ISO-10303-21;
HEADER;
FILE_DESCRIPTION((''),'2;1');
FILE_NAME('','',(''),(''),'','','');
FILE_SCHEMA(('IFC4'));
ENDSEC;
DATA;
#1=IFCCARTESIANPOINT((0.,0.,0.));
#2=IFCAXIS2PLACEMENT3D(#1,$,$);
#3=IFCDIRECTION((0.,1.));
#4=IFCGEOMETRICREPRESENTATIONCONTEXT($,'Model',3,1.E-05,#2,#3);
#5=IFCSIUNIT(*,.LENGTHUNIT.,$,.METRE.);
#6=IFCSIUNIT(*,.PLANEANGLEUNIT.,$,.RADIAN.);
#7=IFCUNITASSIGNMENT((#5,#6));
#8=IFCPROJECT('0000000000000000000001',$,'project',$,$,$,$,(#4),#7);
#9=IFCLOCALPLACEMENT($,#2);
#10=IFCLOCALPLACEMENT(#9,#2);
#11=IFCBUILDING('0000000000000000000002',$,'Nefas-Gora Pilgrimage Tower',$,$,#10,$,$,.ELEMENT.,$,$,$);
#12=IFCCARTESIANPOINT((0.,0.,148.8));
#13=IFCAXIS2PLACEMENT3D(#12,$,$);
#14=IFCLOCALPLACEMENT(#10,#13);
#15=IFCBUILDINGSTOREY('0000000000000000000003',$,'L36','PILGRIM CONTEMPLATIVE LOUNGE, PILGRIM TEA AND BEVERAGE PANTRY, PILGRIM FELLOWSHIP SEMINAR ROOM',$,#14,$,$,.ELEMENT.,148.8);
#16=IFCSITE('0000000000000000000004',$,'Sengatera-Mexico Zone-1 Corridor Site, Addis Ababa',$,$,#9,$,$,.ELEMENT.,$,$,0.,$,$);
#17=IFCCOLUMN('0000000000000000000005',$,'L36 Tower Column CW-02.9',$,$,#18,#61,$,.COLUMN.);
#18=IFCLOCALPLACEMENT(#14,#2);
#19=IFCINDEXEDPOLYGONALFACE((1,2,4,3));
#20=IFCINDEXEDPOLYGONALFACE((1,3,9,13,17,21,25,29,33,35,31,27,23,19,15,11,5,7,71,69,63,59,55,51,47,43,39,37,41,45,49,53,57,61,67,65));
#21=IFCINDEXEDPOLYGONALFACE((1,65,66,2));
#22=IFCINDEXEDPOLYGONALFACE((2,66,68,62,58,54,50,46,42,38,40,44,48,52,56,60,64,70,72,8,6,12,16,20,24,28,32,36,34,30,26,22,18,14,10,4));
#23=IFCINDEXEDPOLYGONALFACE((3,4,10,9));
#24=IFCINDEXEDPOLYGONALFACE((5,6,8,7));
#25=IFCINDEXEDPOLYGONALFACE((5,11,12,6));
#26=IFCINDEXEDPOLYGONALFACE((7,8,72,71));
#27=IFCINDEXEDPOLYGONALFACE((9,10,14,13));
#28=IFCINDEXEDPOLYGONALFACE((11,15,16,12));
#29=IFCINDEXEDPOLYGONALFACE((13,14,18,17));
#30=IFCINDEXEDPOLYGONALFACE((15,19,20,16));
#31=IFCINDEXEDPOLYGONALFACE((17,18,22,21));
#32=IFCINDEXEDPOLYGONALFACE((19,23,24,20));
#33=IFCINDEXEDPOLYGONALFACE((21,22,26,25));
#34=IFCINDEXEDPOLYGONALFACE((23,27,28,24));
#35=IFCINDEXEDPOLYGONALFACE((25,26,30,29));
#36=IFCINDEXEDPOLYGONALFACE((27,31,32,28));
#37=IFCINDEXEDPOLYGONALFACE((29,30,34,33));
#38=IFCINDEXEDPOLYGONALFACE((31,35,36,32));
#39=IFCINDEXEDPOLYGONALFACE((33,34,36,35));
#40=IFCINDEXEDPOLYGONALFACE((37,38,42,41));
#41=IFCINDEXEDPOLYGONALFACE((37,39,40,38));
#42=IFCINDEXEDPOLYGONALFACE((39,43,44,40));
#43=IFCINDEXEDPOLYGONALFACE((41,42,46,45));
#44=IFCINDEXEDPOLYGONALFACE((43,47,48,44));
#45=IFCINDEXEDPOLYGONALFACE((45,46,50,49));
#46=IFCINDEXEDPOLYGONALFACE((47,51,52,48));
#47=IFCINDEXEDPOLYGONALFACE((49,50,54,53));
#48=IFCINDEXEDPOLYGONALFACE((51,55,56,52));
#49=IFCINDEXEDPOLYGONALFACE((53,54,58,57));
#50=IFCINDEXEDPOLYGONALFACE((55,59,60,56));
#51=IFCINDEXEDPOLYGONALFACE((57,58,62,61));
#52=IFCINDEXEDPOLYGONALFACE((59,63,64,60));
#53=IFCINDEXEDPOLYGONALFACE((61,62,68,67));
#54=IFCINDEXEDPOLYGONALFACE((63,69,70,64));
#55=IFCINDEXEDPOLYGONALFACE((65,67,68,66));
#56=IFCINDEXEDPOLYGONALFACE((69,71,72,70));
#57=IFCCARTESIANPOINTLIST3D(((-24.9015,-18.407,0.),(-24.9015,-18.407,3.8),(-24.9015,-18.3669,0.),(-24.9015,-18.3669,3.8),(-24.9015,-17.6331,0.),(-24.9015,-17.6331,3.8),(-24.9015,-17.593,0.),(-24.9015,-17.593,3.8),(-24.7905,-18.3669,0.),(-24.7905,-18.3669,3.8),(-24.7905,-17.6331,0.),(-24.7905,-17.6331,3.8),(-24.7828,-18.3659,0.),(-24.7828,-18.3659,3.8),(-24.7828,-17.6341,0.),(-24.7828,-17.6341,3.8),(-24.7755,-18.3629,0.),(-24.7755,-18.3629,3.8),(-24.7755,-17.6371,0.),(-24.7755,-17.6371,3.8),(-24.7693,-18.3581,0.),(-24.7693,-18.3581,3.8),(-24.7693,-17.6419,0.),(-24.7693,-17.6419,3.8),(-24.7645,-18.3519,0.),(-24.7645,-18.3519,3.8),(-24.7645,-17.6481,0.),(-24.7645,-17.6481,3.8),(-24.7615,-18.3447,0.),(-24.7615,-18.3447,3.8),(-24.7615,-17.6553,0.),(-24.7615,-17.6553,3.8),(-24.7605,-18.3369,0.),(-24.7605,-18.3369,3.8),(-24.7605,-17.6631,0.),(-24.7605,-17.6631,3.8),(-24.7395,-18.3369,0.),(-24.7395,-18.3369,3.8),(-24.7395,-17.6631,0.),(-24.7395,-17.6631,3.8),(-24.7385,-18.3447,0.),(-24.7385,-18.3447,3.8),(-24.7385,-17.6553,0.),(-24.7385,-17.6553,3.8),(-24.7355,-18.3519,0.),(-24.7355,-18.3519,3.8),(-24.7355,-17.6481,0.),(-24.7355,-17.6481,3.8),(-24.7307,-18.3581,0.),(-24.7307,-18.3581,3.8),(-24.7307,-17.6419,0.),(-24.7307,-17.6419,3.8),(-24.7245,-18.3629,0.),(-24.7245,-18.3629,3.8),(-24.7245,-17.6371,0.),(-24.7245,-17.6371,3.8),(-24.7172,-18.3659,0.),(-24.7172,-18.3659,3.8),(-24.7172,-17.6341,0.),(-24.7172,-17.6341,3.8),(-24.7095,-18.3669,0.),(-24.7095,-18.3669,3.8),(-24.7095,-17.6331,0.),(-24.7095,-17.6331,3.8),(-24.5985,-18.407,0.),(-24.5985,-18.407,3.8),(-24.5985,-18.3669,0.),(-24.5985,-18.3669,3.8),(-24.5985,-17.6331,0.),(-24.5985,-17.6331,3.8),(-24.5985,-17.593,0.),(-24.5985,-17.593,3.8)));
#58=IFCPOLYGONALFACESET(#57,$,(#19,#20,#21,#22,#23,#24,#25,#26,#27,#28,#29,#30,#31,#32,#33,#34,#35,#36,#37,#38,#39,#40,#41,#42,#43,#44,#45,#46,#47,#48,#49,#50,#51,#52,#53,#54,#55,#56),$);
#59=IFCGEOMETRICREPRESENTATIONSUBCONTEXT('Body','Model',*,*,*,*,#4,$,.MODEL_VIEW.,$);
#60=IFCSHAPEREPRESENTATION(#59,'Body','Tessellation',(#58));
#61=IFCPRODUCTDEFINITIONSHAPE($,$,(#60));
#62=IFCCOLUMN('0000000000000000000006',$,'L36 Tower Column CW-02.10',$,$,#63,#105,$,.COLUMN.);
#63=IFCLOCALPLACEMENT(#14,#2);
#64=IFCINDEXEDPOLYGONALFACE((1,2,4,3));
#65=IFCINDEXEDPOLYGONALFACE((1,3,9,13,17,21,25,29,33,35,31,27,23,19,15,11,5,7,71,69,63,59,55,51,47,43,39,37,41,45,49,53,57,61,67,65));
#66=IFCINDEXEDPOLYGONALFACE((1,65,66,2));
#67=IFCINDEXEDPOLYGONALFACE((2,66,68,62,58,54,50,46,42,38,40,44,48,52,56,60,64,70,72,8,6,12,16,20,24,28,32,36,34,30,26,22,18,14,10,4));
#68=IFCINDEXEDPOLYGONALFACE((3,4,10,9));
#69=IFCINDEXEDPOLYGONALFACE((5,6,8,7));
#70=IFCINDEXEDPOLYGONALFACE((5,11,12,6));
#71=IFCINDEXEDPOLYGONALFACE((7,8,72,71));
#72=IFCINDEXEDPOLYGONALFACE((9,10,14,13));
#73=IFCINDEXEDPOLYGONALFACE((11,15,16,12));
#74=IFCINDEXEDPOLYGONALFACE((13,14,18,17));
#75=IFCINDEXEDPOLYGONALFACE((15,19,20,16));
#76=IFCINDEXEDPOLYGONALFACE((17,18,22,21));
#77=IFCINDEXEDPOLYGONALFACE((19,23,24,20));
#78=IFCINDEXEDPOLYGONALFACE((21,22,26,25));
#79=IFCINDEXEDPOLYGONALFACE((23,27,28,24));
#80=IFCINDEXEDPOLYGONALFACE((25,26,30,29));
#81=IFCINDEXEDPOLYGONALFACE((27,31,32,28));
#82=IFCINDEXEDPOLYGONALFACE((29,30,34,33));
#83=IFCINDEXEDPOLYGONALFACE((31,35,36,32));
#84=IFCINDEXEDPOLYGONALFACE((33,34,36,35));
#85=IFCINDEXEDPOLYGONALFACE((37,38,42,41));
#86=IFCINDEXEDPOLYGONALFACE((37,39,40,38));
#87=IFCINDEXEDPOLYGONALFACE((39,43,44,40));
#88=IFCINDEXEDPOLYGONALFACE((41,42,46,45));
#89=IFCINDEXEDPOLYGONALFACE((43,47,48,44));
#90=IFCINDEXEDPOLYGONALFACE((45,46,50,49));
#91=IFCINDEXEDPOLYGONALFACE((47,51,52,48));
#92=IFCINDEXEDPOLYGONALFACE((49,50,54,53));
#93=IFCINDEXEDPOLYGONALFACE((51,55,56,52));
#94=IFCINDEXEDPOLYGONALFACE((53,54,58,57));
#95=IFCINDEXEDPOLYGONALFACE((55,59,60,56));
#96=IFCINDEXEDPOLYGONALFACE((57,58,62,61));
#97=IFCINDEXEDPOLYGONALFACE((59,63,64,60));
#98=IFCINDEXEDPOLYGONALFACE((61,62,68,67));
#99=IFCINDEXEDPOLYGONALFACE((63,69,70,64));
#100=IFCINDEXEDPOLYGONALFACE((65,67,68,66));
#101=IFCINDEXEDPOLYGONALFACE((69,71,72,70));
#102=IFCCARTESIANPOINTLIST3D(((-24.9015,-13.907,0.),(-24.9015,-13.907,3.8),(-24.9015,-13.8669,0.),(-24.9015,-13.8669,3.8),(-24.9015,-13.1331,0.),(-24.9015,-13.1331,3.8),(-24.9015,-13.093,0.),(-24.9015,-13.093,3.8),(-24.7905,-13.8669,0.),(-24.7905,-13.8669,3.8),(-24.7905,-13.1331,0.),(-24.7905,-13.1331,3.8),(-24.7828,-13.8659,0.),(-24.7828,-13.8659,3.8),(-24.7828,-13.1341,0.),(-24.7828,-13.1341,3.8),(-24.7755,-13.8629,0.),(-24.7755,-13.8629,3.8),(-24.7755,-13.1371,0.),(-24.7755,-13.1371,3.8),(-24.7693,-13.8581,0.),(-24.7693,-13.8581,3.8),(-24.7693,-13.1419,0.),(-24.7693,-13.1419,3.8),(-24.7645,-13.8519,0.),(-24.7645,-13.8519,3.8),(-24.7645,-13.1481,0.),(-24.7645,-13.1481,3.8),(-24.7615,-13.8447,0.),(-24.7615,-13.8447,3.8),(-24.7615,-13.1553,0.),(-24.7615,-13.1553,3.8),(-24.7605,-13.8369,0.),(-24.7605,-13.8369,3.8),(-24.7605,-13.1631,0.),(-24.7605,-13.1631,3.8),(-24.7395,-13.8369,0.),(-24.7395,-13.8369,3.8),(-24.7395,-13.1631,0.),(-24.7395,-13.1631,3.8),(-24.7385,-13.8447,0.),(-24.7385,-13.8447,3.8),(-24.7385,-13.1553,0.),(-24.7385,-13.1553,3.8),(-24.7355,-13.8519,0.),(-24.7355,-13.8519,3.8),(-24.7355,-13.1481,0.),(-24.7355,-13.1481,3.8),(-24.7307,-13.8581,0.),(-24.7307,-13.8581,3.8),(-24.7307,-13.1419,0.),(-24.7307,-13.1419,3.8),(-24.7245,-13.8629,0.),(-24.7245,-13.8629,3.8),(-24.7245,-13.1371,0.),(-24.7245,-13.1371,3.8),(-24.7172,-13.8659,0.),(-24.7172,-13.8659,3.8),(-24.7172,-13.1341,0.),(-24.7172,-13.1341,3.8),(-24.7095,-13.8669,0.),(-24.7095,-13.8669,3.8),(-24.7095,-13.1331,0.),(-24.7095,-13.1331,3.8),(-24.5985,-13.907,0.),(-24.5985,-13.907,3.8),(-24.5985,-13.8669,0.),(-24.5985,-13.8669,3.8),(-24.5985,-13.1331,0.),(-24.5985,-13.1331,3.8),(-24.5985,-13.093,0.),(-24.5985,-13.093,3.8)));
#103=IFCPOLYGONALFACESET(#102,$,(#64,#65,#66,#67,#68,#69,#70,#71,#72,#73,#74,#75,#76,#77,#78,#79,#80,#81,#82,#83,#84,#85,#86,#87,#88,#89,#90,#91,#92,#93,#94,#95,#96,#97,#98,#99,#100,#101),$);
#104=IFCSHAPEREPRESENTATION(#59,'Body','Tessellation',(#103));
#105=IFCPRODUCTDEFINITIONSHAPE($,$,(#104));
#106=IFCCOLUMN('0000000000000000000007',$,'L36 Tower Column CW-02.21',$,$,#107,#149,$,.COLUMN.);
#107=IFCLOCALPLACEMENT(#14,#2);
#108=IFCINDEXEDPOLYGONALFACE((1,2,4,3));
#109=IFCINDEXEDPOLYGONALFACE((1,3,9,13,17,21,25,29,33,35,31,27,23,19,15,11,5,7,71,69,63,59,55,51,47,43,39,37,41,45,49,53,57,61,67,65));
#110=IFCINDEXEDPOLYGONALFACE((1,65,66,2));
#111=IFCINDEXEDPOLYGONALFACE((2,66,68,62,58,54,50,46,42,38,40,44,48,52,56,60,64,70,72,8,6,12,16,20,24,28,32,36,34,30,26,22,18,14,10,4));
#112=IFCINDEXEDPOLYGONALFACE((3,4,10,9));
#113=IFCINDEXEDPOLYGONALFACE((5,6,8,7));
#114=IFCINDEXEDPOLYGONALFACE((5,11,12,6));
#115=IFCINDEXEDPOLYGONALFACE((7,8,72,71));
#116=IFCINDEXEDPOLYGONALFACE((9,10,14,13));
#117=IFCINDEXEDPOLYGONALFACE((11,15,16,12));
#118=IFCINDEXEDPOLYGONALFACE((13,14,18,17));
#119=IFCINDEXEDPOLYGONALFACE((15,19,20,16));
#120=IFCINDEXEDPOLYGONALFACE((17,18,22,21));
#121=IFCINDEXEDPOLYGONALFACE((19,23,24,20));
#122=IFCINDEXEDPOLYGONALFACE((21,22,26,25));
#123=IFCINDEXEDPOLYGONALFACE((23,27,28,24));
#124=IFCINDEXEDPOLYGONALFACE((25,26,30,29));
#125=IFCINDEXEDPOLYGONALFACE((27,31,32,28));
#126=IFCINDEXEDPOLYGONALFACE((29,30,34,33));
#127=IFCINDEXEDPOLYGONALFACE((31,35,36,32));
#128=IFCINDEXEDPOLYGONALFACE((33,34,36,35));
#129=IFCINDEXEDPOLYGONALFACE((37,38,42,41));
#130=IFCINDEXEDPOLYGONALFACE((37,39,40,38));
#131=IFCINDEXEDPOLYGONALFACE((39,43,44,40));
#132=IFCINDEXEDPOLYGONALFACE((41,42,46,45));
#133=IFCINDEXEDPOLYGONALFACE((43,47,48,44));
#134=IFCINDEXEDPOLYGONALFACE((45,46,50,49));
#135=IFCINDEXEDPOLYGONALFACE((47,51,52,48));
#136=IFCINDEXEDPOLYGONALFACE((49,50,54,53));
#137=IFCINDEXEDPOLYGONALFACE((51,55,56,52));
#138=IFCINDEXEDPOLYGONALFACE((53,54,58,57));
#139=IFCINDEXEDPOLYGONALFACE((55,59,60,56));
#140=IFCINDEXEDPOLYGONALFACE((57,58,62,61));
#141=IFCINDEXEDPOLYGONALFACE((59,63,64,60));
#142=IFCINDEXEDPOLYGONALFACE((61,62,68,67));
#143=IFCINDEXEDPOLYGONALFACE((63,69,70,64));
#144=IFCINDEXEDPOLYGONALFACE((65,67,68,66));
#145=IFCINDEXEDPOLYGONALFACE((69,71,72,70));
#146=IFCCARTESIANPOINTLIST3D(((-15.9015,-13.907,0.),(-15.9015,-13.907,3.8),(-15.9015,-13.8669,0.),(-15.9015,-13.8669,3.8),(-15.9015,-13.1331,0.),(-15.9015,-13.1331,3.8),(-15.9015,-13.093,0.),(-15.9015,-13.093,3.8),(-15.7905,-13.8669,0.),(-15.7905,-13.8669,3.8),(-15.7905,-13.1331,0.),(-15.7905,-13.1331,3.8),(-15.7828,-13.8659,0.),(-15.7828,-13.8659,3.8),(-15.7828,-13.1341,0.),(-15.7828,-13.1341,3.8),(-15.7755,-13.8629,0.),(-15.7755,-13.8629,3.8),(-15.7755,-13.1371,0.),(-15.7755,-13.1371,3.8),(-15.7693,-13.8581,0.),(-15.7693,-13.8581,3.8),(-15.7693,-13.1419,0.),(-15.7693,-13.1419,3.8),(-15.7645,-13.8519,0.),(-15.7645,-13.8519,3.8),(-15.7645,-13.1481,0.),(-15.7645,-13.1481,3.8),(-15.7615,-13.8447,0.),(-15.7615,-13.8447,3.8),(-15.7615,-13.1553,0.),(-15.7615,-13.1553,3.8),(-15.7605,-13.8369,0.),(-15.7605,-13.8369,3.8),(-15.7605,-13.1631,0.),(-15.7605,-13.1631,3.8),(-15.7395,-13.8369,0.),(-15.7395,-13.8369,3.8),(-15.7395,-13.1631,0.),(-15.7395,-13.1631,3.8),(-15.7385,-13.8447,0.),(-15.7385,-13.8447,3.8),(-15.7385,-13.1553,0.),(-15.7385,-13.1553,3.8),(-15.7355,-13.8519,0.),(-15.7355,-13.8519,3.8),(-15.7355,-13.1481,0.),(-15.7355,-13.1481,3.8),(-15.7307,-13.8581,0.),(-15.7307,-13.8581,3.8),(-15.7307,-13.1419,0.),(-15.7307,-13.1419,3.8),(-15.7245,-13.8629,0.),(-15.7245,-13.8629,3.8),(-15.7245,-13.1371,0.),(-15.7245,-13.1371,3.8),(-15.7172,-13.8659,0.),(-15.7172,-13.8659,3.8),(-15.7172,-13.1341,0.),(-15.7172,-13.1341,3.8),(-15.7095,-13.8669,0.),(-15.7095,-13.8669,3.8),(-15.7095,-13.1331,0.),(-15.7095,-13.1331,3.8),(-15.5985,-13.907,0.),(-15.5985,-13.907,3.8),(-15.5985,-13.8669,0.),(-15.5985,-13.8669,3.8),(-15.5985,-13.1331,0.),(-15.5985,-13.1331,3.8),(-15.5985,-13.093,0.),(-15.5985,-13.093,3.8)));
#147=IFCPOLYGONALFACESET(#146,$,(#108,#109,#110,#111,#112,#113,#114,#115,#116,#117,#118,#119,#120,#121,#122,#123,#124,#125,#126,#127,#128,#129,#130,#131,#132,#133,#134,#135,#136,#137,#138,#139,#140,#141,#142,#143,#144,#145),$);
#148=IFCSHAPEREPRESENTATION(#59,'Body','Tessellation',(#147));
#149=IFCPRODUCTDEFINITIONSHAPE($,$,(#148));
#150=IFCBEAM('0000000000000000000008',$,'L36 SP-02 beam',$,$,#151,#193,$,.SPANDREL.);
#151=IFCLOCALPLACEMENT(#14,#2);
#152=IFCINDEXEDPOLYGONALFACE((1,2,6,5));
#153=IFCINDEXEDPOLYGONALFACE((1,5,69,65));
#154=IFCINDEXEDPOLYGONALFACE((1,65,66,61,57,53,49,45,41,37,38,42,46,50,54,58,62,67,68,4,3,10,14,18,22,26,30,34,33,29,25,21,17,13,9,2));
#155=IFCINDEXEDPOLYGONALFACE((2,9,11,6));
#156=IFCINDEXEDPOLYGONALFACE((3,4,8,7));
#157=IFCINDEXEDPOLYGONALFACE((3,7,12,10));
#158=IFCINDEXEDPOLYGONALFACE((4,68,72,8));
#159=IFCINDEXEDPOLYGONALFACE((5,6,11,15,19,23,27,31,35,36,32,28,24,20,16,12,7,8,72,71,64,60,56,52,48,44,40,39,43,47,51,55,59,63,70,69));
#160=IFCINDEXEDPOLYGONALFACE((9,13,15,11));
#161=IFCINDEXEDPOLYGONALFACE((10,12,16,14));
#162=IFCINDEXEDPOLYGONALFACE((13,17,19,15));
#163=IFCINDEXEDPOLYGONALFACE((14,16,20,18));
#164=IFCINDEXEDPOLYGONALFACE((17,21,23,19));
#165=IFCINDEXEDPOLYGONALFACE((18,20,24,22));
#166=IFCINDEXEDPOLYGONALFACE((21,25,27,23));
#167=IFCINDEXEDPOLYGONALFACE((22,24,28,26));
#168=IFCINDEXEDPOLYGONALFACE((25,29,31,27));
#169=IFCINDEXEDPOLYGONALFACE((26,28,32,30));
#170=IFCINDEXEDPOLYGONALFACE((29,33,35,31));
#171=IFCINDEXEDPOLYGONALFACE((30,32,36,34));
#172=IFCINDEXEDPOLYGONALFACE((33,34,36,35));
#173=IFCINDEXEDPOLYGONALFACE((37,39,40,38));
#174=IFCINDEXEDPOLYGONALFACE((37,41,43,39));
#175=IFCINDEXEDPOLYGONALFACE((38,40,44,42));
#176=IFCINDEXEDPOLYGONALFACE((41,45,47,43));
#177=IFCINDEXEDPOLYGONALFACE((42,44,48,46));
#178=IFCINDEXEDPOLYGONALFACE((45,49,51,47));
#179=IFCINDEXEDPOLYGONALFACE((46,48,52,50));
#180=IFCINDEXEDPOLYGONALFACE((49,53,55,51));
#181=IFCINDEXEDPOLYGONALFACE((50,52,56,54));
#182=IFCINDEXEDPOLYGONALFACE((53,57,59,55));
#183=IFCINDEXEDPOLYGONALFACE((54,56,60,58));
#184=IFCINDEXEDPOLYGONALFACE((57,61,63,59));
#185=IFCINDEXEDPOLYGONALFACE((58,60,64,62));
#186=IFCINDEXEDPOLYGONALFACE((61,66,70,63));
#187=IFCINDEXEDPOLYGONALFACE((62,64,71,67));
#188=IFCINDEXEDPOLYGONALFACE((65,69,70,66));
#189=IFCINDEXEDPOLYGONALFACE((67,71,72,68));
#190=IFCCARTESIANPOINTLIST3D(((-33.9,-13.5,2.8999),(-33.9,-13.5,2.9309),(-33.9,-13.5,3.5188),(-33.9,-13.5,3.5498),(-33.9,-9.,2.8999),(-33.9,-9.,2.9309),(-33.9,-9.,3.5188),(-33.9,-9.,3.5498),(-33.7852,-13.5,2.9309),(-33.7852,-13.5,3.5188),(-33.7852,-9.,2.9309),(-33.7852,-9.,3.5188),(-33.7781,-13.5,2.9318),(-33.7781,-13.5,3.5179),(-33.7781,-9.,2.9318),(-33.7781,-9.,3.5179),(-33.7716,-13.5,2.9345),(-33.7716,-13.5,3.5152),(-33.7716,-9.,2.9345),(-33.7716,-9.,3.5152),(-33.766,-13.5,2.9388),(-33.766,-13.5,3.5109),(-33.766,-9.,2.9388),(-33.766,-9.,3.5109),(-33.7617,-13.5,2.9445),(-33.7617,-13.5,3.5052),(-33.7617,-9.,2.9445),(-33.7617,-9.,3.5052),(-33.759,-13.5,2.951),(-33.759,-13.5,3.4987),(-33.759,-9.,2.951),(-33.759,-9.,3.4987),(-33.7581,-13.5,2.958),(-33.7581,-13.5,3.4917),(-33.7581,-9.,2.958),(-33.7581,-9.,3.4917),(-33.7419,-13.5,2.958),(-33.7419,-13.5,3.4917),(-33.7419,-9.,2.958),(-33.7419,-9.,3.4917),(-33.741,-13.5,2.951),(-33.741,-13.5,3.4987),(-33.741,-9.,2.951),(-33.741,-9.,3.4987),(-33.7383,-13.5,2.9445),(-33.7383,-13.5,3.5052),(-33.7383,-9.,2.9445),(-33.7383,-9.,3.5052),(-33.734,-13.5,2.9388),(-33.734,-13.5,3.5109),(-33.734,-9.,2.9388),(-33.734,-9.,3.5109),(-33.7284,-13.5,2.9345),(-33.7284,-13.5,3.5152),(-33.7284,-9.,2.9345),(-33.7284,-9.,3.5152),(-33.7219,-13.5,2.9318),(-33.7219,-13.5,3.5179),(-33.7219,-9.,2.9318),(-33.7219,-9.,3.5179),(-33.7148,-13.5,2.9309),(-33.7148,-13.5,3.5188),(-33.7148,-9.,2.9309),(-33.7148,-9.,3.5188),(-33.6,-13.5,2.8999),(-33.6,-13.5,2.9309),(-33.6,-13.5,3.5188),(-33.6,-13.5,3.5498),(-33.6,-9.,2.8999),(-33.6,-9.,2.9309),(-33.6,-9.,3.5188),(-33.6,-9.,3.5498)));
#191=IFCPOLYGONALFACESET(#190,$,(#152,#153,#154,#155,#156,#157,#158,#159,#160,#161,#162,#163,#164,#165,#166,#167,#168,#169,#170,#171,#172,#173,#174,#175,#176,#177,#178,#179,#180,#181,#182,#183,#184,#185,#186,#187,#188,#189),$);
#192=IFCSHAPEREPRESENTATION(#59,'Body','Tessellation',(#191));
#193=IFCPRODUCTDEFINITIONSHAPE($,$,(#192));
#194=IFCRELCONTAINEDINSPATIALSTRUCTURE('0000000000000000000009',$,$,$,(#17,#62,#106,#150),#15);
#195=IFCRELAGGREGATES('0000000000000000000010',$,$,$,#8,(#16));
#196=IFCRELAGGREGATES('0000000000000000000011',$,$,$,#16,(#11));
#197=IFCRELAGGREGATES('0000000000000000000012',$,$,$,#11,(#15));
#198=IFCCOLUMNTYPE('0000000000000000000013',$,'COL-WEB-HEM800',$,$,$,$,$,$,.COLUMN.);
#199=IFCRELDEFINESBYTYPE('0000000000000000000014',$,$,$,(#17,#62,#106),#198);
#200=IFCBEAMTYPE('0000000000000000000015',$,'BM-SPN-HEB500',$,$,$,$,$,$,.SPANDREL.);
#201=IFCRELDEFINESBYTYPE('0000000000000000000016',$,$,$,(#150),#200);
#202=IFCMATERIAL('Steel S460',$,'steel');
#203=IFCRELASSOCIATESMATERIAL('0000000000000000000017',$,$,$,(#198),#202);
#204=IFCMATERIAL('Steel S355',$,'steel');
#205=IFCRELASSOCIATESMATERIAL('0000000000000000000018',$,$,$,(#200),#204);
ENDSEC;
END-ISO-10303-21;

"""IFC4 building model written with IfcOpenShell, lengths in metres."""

from ifc_helpers import new_model, si_unit, direction, frame, origin, origin_2d, place, context, subcontext, project, spatial, i_section, extrude, source, transform, mapped, material, material_profile, profile_set, type_object, element, save


model = new_model("IFC4")

# Units and contexts
model_context = context("Model", 3, precision=1e-05, world=origin(), true_north=direction((0.0, 1.0)))
body_context = subcontext(model_context, "Body", "Model", "MODEL_VIEW")
ifc_project = project(units=[si_unit("LENGTHUNIT", "METRE"), si_unit("PLANEANGLEUNIT", "RADIAN")], contexts=[model_context])

# Site, building, storey
site_placement = place(None, origin())
site = spatial("IfcSite", under=ifc_project, at=site_placement, Name="Sengatera-Mexico Zone-1 Corridor Site, Addis Ababa", CompositionType="ELEMENT", RefElevation=0.0)
building_placement = place(site_placement, origin())
building = spatial("IfcBuilding", under=site, at=building_placement, Name="Nefas-Gora Pilgrimage Tower", CompositionType="ELEMENT")
storey_placement = place(building_placement, frame((0.0, 0.0, 148.8)))
storey = spatial("IfcBuildingStorey", under=building, at=storey_placement, Name="L36", Description="PILGRIM CONTEMPLATIVE LOUNGE, PILGRIM TEA AND BEVERAGE PANTRY, PILGRIM FELLOWSHIP SEMINAR ROOM", CompositionType="ELEMENT", Elevation=148.8)

# Columns
ifc_material_1 = material(Name="Steel S460", Category="steel")
ifc_material_profile_1 = material_profile(ifc_material_1, i_section(OverallWidth=0.303, OverallDepth=0.814, WebThickness=0.021, FlangeThickness=0.04, FilletRadius=0.03, at=origin_2d()), Name="HEM 800")
ifc_profile_set_1 = profile_set([ifc_material_profile_1], Name="Steel S460")
column_type_1 = type_object("IfcColumnType", Name="COL-WEB-HEM800", PredefinedType="COLUMN", material=ifc_profile_set_1)
shared_shape_1 = source(origin(), body_context, "Body", "SweptSolid", [
    extrude(i_section(OverallWidth=0.303, OverallDepth=0.814, WebThickness=0.021, FlangeThickness=0.04, FilletRadius=0.03, at=origin_2d()), origin(), (0.0, 0.0, 1.0), 3.8),
])
for number, where, z_axis, x_axis, name in (
    (1, (-24.75, -18.0, 0.0), (0.0, 0.0, 1.0), (1.0, 0.0, 0.0), "L36 Tower Column CW-02.9"),
    (2, (-24.75, -13.5, 0.0), (0.0, 0.0, 1.0), (1.0, 0.0, 0.0), "L36 Tower Column CW-02.10"),
    (3, (-15.75, -13.5, 0.0), (0.0, 0.0, 1.0), (1.0, 0.0, 0.0), "L36 Tower Column CW-02.21"),
):
    element("IfcColumn", number, at=place(storey_placement, frame(where, z_axis=z_axis, x_axis=x_axis)), inside=storey, type_object=column_type_1, Name=name, PredefinedType="COLUMN", context=body_context, shape_type="MappedRepresentation", body=[
        mapped(shared_shape_1, transform((0.0, 0.0, 0.0), x_axis=(1.0, 0.0, 0.0), y_axis=(0.0, 1.0, 0.0), z_axis=(0.0, 0.0, 1.0), scale=1.0)),
    ])

# Beam
ifc_material_2 = material(Name="Steel S355", Category="steel")
ifc_material_profile_2 = material_profile(ifc_material_2, i_section(OverallWidth=0.3, OverallDepth=0.6499, WebThickness=0.0161, FlangeThickness=0.031, FilletRadius=0.0271, at=origin_2d()), Name="HEB 650")
ifc_profile_set_2 = profile_set([ifc_material_profile_2], Name="Steel S355")
beam_type_1 = type_object("IfcBeamType", Name="BM-SPN-HEB500", PredefinedType="SPANDREL", material=ifc_profile_set_2)
shared_shape_2 = source(origin(), body_context, "Body", "SweptSolid", [
    extrude(i_section(OverallWidth=0.3, OverallDepth=0.6499, WebThickness=0.0161, FlangeThickness=0.031, FilletRadius=0.0271, at=origin_2d()), origin(), (0.0, 0.0, 1.0), 4.5),
])
for number, where, z_axis, x_axis, name in (
    (4, (-33.75, -13.5, 3.2249), (0.0, 1.0, 0.0), (-1.0, 0.0, 0.0), "L36 SP-02 beam"),
):
    element("IfcBeam", number, at=place(storey_placement, frame(where, z_axis=z_axis, x_axis=x_axis)), inside=storey, type_object=beam_type_1, Name=name, PredefinedType="SPANDREL", context=body_context, shape_type="MappedRepresentation", body=[
        mapped(shared_shape_2, transform((0.0, 0.0, 0.0), x_axis=(1.0, 0.0, 0.0), y_axis=(0.0, 1.0, 0.0), z_axis=(0.0, 0.0, 1.0), scale=1.0)),
    ])

save(model, "model.ifc")
